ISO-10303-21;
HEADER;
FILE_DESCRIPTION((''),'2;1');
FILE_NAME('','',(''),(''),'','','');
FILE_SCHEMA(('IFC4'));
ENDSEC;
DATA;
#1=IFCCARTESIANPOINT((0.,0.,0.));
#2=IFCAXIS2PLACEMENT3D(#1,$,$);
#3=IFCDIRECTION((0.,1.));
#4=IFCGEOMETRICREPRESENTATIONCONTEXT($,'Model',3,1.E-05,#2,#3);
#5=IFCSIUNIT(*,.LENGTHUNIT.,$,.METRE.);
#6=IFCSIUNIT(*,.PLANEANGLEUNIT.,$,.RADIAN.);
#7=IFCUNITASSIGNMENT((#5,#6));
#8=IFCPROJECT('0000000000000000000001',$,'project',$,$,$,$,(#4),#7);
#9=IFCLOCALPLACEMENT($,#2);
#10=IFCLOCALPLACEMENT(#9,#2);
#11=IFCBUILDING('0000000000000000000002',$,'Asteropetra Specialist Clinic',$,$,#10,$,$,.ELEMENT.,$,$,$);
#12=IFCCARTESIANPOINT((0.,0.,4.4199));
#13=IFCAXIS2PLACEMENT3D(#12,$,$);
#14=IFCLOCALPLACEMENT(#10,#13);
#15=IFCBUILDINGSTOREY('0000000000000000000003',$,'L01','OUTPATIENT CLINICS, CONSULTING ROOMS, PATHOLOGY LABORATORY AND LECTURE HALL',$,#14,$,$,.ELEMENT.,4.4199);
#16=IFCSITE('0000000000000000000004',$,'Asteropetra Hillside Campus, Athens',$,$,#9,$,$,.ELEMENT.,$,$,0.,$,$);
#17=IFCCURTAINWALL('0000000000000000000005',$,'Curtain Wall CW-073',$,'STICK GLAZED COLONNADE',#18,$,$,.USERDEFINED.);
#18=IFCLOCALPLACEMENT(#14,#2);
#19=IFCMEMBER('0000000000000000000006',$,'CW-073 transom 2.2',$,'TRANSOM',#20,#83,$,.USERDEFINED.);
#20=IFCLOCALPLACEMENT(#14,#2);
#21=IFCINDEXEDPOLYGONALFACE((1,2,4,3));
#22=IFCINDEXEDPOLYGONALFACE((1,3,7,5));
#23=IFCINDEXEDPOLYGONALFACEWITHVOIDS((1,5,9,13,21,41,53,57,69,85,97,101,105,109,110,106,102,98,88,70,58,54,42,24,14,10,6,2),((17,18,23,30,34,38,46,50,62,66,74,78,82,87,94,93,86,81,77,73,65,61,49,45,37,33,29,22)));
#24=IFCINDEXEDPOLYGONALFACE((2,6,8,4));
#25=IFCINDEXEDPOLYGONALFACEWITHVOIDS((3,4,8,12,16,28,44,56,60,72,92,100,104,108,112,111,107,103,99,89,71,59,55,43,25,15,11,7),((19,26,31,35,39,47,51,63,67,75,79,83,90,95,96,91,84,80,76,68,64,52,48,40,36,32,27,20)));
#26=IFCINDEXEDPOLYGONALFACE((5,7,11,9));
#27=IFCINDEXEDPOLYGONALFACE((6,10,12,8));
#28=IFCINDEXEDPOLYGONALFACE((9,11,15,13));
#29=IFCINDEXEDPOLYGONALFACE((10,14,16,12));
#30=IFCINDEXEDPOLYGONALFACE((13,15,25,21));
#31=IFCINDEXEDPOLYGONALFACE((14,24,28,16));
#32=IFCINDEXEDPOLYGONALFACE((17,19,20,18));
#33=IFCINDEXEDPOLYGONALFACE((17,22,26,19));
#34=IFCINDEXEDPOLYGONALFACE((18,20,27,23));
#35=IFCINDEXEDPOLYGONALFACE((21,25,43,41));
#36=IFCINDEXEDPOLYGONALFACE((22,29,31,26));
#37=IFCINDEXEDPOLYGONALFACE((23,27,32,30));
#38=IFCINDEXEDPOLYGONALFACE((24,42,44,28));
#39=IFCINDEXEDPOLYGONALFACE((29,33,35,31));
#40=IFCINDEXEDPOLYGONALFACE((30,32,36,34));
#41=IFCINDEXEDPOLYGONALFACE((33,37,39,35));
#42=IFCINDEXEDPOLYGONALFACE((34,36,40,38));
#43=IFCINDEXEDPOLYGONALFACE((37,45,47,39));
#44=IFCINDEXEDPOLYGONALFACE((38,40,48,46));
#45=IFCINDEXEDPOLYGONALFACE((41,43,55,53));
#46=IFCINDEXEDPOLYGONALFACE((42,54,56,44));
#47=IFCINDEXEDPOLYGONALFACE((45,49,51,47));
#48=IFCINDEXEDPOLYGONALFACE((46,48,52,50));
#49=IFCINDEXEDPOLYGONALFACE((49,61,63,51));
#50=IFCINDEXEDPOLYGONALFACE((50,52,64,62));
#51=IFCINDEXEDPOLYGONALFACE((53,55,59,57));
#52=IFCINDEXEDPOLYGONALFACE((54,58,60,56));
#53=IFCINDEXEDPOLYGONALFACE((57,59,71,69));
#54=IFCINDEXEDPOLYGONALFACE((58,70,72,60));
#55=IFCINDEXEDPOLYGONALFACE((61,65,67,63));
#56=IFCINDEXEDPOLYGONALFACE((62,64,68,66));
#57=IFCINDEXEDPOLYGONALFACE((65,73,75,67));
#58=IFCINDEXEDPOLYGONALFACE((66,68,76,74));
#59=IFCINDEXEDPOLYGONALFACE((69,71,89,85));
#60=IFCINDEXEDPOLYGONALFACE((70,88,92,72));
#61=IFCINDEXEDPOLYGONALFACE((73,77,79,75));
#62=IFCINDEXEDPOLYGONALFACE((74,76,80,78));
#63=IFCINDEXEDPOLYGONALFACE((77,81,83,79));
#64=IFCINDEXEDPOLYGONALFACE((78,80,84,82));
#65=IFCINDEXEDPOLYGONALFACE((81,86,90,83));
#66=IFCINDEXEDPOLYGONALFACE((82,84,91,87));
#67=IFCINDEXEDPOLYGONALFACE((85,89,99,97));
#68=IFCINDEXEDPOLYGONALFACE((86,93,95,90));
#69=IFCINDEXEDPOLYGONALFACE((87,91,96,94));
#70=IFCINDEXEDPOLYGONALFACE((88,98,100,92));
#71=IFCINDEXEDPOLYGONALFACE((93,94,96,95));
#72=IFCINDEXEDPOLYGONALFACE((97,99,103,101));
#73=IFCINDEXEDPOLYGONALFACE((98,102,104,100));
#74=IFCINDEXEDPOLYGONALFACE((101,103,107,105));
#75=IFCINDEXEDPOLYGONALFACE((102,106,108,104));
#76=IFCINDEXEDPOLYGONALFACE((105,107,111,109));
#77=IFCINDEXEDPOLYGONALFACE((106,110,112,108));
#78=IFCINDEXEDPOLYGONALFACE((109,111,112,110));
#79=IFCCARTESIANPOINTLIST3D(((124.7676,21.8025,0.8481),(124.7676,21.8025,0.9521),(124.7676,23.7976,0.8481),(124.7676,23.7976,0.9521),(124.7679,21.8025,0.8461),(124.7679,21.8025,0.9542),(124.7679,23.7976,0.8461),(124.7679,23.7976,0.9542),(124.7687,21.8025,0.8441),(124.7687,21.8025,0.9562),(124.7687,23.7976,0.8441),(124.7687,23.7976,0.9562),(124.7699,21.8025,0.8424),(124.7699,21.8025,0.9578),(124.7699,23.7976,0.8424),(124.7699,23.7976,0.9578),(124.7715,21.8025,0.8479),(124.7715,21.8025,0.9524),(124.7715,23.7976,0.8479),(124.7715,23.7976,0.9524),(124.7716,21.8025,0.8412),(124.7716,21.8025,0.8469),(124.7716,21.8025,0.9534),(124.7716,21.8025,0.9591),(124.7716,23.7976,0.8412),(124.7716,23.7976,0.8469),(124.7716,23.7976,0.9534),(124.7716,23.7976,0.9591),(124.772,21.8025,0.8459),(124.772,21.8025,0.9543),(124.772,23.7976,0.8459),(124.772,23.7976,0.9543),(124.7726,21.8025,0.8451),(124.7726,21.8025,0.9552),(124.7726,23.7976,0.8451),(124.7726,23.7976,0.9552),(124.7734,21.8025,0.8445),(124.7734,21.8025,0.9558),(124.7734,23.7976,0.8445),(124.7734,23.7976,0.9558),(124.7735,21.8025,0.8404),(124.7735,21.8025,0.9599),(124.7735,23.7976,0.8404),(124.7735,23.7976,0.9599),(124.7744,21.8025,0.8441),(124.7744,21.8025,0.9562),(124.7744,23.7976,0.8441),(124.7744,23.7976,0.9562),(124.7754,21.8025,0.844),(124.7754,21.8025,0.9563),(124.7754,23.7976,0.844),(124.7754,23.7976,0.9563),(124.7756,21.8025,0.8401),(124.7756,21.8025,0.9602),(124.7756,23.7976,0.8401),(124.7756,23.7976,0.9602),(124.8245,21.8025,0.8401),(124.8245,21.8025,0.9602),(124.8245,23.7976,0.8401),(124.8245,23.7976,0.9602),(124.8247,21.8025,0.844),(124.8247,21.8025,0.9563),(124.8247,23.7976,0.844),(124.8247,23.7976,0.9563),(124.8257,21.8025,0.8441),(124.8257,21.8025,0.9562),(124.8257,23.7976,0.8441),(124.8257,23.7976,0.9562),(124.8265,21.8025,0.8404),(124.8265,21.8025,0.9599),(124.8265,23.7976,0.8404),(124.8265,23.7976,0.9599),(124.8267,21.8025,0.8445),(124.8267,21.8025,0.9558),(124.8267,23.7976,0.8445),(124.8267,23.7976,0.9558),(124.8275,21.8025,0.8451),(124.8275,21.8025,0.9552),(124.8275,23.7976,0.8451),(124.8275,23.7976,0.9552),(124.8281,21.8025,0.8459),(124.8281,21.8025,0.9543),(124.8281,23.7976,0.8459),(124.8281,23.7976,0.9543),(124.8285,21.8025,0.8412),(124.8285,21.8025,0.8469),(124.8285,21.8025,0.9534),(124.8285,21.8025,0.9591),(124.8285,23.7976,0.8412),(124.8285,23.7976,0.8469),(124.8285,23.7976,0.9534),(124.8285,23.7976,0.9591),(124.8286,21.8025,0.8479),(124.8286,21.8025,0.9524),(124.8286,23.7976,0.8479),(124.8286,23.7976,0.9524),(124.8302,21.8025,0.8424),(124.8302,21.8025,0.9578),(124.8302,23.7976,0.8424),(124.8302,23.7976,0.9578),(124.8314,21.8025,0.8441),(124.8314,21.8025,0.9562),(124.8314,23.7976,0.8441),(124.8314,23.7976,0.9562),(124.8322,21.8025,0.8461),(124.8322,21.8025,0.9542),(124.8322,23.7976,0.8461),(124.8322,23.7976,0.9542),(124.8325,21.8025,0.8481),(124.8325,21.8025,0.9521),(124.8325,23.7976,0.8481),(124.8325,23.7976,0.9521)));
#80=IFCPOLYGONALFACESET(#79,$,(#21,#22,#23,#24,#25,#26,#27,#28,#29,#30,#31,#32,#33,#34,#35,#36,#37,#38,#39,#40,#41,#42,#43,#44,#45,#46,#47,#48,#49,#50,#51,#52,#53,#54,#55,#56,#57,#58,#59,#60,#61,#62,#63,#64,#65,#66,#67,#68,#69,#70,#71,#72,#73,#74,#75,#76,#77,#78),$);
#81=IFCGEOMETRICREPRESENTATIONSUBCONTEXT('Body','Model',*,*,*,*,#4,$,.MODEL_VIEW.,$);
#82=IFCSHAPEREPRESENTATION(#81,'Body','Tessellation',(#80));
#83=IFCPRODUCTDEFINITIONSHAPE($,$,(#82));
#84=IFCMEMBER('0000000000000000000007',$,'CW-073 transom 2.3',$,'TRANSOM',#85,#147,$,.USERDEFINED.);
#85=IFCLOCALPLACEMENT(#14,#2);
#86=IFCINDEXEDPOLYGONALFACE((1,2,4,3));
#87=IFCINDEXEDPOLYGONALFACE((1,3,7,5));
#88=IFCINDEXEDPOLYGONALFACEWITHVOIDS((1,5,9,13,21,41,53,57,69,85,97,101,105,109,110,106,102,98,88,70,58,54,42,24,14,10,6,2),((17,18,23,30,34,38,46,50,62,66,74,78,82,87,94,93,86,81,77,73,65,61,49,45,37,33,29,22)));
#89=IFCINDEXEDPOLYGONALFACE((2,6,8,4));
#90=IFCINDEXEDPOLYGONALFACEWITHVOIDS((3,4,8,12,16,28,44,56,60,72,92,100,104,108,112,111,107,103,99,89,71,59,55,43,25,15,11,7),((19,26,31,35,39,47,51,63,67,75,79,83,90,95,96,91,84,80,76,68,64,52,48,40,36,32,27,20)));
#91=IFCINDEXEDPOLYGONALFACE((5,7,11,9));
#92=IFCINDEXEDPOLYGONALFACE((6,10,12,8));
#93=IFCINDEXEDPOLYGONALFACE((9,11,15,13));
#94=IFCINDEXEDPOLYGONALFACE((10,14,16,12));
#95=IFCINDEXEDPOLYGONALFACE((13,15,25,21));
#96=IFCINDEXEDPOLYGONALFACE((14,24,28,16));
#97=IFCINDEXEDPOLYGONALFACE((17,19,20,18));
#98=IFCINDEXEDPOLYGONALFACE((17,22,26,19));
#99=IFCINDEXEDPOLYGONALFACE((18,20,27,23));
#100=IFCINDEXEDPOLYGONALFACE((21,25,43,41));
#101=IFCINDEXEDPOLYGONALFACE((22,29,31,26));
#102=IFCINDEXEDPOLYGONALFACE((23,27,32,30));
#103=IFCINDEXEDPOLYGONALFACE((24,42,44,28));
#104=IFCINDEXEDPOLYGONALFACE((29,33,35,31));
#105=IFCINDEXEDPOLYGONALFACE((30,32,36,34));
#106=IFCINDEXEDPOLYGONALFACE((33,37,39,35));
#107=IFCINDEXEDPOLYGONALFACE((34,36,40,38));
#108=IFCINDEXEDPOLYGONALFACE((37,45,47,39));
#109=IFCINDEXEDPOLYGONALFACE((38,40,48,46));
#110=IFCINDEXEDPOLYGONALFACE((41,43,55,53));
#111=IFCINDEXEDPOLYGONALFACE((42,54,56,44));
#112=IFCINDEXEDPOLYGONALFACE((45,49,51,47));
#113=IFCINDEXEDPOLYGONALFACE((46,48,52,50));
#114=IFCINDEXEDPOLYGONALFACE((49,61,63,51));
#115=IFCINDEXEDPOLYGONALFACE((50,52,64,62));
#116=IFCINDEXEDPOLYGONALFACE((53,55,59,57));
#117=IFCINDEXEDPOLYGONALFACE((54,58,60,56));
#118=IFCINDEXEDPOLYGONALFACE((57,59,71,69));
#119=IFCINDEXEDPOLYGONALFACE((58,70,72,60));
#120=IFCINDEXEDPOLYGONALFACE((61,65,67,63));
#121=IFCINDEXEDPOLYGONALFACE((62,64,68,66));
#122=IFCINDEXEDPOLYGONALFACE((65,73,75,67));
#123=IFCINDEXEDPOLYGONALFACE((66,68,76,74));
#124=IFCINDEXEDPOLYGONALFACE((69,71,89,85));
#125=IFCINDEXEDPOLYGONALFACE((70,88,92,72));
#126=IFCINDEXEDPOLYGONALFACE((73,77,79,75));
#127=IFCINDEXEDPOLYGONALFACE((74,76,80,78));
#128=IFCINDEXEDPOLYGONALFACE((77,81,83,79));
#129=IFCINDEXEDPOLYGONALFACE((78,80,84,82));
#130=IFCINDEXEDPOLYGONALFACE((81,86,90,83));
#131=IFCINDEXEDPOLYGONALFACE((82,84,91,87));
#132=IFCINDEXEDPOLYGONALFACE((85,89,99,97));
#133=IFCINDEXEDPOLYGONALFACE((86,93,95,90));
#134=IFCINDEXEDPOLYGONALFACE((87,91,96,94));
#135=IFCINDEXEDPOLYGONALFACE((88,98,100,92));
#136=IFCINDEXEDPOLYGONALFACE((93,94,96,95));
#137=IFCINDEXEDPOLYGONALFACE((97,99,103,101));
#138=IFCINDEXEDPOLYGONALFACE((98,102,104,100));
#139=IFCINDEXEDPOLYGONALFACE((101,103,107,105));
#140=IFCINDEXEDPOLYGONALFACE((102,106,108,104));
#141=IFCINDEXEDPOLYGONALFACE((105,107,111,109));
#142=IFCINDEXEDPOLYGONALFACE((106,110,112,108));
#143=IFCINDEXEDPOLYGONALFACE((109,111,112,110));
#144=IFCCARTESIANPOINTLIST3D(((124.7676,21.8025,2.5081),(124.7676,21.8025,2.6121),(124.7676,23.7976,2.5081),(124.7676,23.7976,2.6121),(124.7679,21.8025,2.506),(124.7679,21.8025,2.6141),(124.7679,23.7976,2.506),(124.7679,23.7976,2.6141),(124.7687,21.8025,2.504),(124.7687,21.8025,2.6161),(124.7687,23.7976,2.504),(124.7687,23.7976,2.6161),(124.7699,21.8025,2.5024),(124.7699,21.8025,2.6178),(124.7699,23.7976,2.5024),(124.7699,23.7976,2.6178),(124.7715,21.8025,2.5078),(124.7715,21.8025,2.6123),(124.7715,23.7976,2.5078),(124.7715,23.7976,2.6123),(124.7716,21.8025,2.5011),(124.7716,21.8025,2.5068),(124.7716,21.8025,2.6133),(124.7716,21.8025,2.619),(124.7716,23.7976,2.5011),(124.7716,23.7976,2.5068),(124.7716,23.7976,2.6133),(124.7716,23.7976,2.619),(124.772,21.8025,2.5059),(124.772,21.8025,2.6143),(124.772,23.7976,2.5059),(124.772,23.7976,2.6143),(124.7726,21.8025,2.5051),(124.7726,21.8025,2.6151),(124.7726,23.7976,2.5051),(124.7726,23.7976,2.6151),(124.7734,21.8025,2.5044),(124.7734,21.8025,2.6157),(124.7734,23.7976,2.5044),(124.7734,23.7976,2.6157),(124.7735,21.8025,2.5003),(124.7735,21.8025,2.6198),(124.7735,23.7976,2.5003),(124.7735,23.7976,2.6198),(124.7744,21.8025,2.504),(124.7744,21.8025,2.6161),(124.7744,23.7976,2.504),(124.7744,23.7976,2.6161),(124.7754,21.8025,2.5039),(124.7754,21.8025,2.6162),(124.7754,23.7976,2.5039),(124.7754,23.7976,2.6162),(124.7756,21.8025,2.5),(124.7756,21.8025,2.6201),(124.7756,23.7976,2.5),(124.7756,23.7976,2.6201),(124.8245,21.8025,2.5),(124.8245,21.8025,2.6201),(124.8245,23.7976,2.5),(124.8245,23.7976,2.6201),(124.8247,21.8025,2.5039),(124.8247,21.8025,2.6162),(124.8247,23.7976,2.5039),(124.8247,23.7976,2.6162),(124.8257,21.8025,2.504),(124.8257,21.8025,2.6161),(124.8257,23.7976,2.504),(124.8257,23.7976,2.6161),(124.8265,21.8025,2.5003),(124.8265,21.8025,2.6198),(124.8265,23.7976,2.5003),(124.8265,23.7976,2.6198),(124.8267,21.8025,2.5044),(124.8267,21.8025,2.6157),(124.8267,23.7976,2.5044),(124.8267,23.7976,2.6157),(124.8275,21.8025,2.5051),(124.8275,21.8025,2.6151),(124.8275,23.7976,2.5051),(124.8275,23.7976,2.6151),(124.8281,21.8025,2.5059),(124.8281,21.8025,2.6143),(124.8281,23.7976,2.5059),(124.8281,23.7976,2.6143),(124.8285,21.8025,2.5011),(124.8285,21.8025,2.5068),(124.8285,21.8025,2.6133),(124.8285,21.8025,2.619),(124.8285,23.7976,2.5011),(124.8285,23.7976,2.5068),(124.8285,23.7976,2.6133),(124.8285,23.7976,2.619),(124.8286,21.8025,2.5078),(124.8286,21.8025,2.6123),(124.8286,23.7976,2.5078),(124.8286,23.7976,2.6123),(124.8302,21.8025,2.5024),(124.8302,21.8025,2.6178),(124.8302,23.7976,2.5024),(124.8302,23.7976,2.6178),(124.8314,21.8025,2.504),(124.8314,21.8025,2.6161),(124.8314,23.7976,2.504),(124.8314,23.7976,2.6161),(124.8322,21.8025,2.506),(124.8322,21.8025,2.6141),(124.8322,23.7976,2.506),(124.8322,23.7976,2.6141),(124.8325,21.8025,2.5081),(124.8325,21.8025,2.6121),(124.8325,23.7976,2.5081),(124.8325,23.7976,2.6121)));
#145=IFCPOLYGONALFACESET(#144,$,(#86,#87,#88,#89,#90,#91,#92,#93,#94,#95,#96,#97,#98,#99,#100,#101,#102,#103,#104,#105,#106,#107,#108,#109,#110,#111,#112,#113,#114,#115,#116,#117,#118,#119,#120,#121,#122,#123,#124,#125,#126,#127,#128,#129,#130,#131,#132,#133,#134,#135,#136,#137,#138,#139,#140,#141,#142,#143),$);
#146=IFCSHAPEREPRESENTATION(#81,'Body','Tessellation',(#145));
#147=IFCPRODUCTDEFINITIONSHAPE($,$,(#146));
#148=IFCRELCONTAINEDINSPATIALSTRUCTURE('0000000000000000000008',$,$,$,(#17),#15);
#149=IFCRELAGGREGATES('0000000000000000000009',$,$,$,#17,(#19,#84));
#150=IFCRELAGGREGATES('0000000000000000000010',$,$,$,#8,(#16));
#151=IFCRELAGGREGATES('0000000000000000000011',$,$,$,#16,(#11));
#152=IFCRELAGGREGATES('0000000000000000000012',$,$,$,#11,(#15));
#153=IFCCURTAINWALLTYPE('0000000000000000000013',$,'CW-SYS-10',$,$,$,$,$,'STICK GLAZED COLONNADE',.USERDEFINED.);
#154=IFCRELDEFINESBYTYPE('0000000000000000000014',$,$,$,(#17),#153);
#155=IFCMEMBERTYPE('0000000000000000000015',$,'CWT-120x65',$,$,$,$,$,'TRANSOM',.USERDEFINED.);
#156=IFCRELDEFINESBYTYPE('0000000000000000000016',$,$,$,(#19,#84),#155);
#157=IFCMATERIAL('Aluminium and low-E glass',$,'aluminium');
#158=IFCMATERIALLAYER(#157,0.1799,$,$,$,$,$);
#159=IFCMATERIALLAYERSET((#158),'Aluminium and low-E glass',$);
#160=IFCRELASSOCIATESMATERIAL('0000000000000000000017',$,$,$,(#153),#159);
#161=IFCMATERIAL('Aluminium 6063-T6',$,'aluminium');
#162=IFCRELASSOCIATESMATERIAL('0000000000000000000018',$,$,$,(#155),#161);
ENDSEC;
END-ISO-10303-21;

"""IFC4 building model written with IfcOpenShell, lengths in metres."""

from ifc_helpers import new_model, si_unit, direction, frame, origin, origin_2d, place, context, subcontext, project, spatial, hollow_rectangle, extrude, material, layer, layer_set, material_profile, profile_set, type_object, element, aggregate, save


model = new_model("IFC4")

# Units and contexts
model_context = context("Model", 3, precision=1e-05, world=origin(), true_north=direction((0.0, 1.0)))
body_context = subcontext(model_context, "Body", "Model", "MODEL_VIEW")
ifc_project = project(units=[si_unit("LENGTHUNIT", "METRE"), si_unit("PLANEANGLEUNIT", "RADIAN")], contexts=[model_context])

# Site, building, storey
site_placement = place(None, origin())
site = spatial("IfcSite", under=ifc_project, at=site_placement, Name="Asteropetra Hillside Campus, Athens", CompositionType="ELEMENT", RefElevation=0.0)
building_placement = place(site_placement, origin())
building = spatial("IfcBuilding", under=site, at=building_placement, Name="Asteropetra Specialist Clinic", CompositionType="ELEMENT")
storey_placement = place(building_placement, frame((0.0, 0.0, 4.4199)))
storey = spatial("IfcBuildingStorey", under=building, at=storey_placement, Name="L01", Description="OUTPATIENT CLINICS, CONSULTING ROOMS, PATHOLOGY LABORATORY AND LECTURE HALL", CompositionType="ELEMENT", Elevation=4.4199)

# Curtain wall
ifc_material_1 = material(Name="Aluminium and low-E glass", Category="aluminium")
ifc_layer_1 = layer(ifc_material_1, 0.1799)
ifc_layer_set_1 = layer_set([ifc_layer_1], Name="Aluminium and low-E glass")
curtain_wall_type_1 = type_object("IfcCurtainWallType", Name="CW-SYS-10", ElementType="STICK GLAZED COLONNADE", PredefinedType="USERDEFINED", material=ifc_layer_set_1)
curtain_wall_1_placement = place(storey_placement, origin())
curtain_wall_1 = element("IfcCurtainWall", 1, at=curtain_wall_1_placement, inside=storey, type_object=curtain_wall_type_1, Name="Curtain Wall CW-073", ObjectType="STICK GLAZED COLONNADE", PredefinedType="USERDEFINED")

# Members
ifc_material_2 = material(Name="Aluminium 6063-T6", Category="aluminium")
ifc_material_profile_1 = material_profile(ifc_material_2, hollow_rectangle(XDim=0.0649, YDim=0.1201, WallThickness=0.0039, InnerFilletRadius=0.0039, OuterFilletRadius=0.0081, at=origin_2d()), Name="TRN 120x65x4.0")
ifc_profile_set_1 = profile_set([ifc_material_profile_1], Name="Aluminium 6063-T6")
member_type_1 = type_object("IfcMemberType", Name="CWT-120x65", ElementType="TRANSOM", PredefinedType="USERDEFINED", material=ifc_profile_set_1)
member_1_placement = place(storey_placement, frame((124.8, 23.7976, 0.9001), z_axis=(0.0, -1.0, 0.0), x_axis=(1.0, 0.0, 0.0)))
member_1 = element("IfcMember", 2, at=member_1_placement, type_object=member_type_1, Name="CW-073 transom 2.2", ObjectType="TRANSOM", PredefinedType="USERDEFINED", context=body_context, shape_type="SweptSolid", body=[
    extrude(hollow_rectangle(XDim=0.0649, YDim=0.1201, WallThickness=0.0039, InnerFilletRadius=0.0039, OuterFilletRadius=0.0081, at=origin_2d()), origin(), (0.0, 0.0, 1.0), 1.9951),
])
member_2_placement = place(storey_placement, frame((124.8, 23.7976, 2.5601), z_axis=(0.0, -1.0, 0.0), x_axis=(1.0, 0.0, 0.0)))
member_2 = element("IfcMember", 3, at=member_2_placement, type_object=member_type_1, Name="CW-073 transom 2.3", ObjectType="TRANSOM", PredefinedType="USERDEFINED", context=body_context, shape_type="SweptSolid", body=[
    extrude(hollow_rectangle(XDim=0.0649, YDim=0.1201, WallThickness=0.0039, InnerFilletRadius=0.0039, OuterFilletRadius=0.0081, at=origin_2d()), origin(), (0.0, 0.0, 1.0), 1.9951),
])

aggregate(curtain_wall_1, [member_1, member_2])

save(model, "model.ifc")
